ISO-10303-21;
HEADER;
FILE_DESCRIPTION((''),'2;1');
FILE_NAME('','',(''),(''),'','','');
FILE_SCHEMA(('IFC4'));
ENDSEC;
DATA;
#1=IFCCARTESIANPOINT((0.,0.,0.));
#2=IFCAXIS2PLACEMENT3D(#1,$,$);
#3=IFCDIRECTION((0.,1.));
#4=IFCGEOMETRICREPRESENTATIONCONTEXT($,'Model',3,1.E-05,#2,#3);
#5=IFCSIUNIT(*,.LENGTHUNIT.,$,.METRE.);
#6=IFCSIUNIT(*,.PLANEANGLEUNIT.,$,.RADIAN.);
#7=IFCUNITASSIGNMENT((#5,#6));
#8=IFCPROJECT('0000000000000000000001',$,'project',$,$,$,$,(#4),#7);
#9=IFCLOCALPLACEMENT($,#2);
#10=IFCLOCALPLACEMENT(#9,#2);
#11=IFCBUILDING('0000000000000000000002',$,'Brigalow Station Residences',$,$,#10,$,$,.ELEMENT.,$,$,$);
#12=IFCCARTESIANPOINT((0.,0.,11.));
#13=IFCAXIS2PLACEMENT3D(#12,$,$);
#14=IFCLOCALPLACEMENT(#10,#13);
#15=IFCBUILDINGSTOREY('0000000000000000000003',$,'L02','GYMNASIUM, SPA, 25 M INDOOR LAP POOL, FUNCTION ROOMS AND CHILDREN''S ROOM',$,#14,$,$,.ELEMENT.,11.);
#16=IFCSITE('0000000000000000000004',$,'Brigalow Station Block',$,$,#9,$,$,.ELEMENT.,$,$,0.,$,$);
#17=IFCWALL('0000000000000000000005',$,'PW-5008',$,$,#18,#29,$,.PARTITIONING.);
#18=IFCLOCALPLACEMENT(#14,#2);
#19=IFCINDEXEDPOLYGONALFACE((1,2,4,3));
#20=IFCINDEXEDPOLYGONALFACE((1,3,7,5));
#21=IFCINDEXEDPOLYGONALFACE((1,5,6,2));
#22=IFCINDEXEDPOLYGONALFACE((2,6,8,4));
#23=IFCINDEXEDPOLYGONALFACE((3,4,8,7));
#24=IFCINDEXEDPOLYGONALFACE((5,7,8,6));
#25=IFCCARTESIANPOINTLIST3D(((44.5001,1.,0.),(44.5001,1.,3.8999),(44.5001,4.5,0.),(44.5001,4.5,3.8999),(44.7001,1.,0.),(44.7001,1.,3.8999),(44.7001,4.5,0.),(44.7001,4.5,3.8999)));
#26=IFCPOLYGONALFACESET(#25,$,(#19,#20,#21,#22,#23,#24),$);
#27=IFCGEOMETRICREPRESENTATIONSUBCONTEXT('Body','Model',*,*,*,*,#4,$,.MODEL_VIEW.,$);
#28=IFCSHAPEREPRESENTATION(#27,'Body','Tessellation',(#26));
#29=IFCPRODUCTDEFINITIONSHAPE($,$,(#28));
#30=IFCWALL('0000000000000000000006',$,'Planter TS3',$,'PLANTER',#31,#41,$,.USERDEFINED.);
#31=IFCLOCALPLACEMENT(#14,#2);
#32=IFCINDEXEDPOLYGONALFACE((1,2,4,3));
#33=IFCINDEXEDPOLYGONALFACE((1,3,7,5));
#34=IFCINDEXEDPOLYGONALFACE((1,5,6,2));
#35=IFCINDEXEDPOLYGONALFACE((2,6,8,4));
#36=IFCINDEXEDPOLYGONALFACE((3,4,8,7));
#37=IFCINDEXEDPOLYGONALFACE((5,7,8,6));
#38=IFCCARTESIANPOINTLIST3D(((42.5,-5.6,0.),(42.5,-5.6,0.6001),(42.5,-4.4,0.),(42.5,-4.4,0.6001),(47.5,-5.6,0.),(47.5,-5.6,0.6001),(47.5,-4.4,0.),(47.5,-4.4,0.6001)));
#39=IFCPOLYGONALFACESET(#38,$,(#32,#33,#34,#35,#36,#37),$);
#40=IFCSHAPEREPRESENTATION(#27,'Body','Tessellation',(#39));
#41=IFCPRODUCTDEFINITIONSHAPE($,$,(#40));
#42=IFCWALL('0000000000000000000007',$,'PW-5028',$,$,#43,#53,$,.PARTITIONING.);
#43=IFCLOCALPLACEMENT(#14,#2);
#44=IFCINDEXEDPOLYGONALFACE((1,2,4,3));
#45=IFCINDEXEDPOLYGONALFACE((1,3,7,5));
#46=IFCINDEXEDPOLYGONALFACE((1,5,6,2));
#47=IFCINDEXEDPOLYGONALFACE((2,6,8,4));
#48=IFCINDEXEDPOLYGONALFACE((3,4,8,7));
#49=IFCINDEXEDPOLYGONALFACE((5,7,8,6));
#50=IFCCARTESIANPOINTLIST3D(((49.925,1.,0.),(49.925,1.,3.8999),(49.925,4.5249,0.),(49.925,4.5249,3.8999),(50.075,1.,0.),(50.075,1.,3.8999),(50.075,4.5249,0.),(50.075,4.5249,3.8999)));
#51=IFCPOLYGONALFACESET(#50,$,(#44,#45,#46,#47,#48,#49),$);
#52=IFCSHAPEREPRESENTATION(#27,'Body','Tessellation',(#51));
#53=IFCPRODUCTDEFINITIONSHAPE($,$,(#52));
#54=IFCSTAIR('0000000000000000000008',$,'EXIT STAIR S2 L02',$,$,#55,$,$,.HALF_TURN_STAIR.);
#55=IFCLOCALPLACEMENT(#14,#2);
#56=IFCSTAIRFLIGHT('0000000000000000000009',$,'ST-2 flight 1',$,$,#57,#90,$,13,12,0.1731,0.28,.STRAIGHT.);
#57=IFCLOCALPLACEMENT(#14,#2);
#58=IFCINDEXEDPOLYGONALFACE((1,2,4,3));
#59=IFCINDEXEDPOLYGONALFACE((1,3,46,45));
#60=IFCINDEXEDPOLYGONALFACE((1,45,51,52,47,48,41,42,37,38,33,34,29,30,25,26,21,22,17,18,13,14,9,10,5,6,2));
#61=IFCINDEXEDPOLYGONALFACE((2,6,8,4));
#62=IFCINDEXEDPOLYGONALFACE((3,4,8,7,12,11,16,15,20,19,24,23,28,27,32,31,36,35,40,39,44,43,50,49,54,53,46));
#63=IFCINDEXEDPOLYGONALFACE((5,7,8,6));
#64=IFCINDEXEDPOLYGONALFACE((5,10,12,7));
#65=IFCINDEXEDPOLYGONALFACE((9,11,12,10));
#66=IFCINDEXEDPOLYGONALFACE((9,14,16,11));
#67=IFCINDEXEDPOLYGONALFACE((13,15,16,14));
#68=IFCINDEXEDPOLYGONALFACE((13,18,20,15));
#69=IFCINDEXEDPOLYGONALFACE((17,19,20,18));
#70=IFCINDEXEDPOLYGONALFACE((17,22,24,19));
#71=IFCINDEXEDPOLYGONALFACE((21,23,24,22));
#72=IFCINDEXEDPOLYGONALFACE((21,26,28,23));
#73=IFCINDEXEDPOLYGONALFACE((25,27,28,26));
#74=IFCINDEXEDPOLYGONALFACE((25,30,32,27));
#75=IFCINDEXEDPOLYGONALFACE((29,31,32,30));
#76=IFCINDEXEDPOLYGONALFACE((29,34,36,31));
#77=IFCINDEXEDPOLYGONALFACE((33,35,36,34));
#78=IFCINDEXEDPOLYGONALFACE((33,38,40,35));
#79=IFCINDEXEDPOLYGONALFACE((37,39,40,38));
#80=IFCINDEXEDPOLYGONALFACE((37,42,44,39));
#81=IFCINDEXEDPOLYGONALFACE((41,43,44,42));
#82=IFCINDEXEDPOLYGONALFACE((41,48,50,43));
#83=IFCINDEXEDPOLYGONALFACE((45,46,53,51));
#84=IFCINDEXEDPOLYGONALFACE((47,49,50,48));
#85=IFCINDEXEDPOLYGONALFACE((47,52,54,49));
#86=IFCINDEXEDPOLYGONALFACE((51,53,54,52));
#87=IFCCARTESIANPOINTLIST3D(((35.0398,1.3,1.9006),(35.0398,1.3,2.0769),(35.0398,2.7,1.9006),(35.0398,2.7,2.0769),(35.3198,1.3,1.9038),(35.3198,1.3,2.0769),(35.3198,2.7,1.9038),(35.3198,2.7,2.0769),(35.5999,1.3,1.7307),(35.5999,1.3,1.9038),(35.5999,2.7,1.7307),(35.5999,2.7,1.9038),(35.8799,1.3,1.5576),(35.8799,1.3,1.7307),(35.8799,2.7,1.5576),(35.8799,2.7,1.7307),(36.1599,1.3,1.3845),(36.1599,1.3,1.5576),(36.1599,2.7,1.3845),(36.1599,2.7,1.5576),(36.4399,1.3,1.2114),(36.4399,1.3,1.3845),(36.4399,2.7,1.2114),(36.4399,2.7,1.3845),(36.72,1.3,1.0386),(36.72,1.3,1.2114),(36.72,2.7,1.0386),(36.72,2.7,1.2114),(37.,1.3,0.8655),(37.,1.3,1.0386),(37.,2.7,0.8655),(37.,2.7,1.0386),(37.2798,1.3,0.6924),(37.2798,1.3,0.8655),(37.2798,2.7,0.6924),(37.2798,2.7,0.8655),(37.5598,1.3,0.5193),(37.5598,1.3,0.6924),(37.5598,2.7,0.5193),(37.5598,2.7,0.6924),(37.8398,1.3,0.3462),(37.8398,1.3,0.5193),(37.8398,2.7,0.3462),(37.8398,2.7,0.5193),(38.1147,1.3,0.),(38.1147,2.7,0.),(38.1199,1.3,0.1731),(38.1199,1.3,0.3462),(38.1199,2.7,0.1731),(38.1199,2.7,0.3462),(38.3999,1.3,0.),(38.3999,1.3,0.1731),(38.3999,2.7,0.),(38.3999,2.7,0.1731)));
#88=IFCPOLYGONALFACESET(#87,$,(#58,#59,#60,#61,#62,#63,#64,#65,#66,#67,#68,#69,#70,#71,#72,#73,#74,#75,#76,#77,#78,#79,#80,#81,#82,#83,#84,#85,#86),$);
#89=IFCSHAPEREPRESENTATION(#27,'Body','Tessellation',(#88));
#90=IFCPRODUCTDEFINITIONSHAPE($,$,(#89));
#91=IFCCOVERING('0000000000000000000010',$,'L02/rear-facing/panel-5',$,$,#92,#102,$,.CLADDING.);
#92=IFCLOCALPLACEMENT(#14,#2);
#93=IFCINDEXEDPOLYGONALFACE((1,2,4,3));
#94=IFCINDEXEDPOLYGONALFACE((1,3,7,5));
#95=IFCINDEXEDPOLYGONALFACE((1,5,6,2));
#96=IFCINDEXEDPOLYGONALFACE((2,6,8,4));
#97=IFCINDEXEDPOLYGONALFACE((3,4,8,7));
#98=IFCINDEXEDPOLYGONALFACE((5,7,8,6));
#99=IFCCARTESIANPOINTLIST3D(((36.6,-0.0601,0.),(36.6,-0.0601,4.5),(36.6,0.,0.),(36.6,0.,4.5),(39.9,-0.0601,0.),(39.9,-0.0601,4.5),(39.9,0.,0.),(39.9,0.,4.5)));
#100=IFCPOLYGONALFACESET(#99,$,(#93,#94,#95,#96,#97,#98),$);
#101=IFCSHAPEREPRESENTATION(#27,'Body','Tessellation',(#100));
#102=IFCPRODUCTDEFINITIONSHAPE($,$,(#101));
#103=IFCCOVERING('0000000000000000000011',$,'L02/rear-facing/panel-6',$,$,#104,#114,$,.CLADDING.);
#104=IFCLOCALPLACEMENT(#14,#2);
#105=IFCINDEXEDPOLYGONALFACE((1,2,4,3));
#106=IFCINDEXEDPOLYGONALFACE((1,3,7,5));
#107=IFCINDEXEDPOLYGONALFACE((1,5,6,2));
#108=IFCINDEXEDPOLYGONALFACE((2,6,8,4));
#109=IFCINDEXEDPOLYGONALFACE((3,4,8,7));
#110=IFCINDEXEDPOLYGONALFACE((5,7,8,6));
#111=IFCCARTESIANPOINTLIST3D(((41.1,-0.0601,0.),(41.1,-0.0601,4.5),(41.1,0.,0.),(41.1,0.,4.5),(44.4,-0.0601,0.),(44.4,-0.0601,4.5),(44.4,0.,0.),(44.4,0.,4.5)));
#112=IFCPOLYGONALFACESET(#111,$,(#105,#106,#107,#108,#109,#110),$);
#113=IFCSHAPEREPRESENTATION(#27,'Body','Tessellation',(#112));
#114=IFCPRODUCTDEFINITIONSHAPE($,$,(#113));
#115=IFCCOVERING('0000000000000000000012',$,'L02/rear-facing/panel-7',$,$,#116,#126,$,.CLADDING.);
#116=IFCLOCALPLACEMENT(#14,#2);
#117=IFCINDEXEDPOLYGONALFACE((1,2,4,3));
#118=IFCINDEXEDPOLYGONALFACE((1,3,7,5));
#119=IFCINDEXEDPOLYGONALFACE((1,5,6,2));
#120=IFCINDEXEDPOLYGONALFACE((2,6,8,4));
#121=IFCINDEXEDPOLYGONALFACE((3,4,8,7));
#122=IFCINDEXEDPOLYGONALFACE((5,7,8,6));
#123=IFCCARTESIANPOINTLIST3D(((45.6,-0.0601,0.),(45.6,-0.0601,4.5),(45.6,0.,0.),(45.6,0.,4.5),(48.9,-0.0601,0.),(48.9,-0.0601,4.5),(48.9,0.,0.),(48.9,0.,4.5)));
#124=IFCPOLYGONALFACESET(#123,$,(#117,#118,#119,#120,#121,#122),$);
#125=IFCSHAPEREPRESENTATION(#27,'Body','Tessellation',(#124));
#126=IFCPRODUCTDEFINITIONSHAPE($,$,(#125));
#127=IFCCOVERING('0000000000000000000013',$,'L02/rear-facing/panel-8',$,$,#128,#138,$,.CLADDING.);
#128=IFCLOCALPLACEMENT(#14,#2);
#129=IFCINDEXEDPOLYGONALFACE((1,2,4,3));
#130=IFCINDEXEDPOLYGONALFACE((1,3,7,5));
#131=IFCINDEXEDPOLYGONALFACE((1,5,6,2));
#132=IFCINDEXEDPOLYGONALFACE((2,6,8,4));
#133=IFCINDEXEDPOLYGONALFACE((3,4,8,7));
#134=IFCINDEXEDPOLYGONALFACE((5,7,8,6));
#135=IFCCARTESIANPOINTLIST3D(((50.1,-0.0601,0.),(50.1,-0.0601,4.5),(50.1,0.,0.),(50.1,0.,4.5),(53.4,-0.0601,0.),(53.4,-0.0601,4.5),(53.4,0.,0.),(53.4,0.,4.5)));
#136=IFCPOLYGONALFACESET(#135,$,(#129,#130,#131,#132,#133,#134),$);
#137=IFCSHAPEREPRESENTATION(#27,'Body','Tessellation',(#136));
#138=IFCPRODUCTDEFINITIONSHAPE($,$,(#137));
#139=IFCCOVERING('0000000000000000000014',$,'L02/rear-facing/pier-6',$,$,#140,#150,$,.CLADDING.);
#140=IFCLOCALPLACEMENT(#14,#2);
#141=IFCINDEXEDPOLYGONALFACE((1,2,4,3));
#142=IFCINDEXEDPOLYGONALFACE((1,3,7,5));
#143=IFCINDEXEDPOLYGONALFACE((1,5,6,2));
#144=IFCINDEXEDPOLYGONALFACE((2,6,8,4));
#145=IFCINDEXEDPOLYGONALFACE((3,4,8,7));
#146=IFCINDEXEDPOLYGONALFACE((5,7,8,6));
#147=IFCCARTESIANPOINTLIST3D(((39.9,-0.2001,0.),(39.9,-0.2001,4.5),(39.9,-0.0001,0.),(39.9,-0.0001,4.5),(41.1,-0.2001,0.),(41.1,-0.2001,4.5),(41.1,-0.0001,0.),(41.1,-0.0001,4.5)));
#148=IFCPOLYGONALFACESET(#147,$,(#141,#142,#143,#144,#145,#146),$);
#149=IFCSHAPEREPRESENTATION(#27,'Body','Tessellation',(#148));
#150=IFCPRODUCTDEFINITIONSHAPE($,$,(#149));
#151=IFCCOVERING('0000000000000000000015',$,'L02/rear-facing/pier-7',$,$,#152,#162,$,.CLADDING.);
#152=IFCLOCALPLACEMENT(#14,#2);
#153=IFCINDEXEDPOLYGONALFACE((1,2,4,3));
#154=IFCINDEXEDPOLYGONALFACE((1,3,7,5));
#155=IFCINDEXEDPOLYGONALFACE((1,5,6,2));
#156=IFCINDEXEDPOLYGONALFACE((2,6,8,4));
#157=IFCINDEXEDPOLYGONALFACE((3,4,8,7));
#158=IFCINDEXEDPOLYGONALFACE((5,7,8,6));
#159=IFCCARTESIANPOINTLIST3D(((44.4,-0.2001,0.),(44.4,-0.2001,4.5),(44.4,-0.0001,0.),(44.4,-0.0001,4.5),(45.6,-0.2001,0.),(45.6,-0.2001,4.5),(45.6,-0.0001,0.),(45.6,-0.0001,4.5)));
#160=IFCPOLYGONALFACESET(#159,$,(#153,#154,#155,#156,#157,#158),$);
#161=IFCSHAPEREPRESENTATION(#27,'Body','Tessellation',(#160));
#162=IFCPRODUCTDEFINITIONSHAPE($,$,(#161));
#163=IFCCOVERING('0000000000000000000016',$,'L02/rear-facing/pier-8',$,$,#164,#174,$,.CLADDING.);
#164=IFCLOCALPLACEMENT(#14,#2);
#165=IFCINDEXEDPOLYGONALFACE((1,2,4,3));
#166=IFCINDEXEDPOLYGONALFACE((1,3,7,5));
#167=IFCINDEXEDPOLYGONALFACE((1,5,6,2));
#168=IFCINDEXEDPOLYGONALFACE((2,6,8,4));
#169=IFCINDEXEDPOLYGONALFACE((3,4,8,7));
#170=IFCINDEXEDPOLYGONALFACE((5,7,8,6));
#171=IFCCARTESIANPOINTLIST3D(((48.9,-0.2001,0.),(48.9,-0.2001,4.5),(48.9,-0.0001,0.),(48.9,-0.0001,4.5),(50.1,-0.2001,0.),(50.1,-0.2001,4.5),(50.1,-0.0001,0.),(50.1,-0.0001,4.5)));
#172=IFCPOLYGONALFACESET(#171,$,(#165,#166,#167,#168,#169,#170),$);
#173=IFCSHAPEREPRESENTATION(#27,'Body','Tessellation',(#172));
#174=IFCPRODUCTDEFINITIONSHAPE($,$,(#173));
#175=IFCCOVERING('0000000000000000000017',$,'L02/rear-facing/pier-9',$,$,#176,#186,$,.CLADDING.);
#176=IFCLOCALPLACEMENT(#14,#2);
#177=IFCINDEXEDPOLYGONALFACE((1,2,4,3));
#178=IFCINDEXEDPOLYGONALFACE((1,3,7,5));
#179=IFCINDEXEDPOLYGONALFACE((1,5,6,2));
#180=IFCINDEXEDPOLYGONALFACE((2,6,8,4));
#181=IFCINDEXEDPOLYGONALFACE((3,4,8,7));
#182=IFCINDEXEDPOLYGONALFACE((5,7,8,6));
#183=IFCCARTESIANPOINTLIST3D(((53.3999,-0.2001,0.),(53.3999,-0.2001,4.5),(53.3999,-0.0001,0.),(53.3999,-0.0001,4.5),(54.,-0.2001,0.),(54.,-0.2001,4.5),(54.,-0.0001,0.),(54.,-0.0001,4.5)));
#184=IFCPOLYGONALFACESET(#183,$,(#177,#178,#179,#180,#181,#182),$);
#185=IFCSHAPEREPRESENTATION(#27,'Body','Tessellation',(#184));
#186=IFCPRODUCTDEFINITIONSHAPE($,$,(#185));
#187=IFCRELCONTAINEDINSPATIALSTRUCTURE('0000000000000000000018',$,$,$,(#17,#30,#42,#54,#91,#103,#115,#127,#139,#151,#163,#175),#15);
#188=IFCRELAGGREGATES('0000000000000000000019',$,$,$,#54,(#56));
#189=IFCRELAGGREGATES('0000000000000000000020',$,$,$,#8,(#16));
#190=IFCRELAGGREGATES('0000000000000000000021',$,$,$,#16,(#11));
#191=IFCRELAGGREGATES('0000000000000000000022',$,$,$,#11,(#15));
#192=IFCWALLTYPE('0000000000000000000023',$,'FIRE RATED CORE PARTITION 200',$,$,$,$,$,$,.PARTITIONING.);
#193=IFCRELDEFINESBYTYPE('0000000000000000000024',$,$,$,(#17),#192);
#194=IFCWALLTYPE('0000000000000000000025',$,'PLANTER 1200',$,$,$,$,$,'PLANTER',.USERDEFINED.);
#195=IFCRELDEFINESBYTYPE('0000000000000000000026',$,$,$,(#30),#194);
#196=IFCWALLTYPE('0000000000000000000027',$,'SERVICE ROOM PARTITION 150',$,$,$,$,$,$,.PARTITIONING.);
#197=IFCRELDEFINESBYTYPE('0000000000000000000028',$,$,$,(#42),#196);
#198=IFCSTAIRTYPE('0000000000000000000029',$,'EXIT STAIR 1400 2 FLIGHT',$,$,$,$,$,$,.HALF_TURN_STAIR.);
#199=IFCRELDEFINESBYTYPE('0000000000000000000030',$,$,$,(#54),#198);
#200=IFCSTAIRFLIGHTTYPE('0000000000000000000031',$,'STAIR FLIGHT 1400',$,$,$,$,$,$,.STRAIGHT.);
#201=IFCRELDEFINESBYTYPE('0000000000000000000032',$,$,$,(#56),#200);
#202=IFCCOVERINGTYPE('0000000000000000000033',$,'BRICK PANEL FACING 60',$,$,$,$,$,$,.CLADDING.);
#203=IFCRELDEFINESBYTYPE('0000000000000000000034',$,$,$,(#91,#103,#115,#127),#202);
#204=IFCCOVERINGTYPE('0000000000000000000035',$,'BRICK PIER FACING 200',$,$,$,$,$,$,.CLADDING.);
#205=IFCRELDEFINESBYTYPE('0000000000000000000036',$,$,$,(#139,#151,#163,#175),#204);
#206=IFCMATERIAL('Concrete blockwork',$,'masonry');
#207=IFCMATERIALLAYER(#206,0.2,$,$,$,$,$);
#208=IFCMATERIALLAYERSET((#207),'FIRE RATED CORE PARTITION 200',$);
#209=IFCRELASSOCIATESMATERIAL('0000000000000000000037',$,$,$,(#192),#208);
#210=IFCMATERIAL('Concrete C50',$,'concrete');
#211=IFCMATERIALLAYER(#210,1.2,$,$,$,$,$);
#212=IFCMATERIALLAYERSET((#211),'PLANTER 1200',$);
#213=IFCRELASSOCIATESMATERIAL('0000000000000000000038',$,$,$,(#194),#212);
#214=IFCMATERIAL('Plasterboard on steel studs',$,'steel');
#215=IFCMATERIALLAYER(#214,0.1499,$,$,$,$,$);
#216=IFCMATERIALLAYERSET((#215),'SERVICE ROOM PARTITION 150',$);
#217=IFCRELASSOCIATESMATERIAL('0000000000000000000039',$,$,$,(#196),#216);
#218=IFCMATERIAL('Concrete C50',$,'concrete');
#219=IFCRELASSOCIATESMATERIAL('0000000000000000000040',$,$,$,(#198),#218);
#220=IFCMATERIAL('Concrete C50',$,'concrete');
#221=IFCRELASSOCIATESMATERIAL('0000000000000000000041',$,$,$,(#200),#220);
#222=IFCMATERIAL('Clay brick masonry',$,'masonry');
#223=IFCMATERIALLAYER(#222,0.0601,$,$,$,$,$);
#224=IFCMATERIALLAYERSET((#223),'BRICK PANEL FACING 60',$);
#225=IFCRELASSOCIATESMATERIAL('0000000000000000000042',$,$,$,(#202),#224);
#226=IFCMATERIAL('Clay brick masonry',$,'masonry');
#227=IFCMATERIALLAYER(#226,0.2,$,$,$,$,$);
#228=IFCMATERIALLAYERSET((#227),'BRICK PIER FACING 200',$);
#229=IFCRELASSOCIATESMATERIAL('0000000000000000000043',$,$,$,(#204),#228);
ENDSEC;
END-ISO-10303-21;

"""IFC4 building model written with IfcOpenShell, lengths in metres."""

from ifc_helpers import new_model, si_unit, direction, frame, frame_2d, origin, origin_2d, place, context, subcontext, project, spatial, polyline, rectangle, outline, extrude, material, layer, layer_set, type_object, element, aggregate, save


model = new_model("IFC4")

# Units and contexts
model_context = context("Model", 3, precision=1e-05, world=origin(), true_north=direction((0.0, 1.0)))
body_context = subcontext(model_context, "Body", "Model", "MODEL_VIEW")
ifc_project = project(units=[si_unit("LENGTHUNIT", "METRE"), si_unit("PLANEANGLEUNIT", "RADIAN")], contexts=[model_context])

# Site, building, storey
site_placement = place(None, origin())
site = spatial("IfcSite", under=ifc_project, at=site_placement, Name="Brigalow Station Block", CompositionType="ELEMENT", RefElevation=0.0)
building_placement = place(site_placement, origin())
building = spatial("IfcBuilding", under=site, at=building_placement, Name="Brigalow Station Residences", CompositionType="ELEMENT")
storey_placement = place(building_placement, frame((0.0, 0.0, 11.0)))
storey = spatial("IfcBuildingStorey", under=building, at=storey_placement, Name="L02", Description="GYMNASIUM, SPA, 25 M INDOOR LAP POOL, FUNCTION ROOMS AND CHILDREN'S ROOM", CompositionType="ELEMENT", Elevation=11.0)

# Shared definitions
ifc_material_1 = material(Name="Concrete blockwork", Category="masonry")
ifc_layer_1 = layer(ifc_material_1, 0.2)
ifc_layer_set_1 = layer_set([ifc_layer_1], Name="FIRE RATED CORE PARTITION 200")
wall_type_1 = type_object("IfcWallType", Name="FIRE RATED CORE PARTITION 200", PredefinedType="PARTITIONING", material=ifc_layer_set_1)

# Walls
for number, where, z_axis, x_axis, name in (
    (1, (44.6001, 1.0, 0.0), (0.0, 0.0, 1.0), (0.0, 1.0, 0.0), "PW-5008"),
):
    element("IfcWall", number, at=place(storey_placement, frame(where, z_axis=z_axis, x_axis=x_axis)), inside=storey, type_object=wall_type_1, Name=name, PredefinedType="PARTITIONING", context=body_context, shape_type="SweptSolid", body=[
        extrude(rectangle(XDim=3.5, YDim=0.2, at=frame_2d((1.75, 0.0))), origin(), (0.0, 0.0, 1.0), 3.8999),
    ])
ifc_material_2 = material(Name="Concrete C50", Category="concrete")
ifc_layer_2 = layer(ifc_material_2, 1.2)
ifc_layer_set_2 = layer_set([ifc_layer_2], Name="PLANTER 1200")
wall_type_2 = type_object("IfcWallType", Name="PLANTER 1200", ElementType="PLANTER", PredefinedType="USERDEFINED", material=ifc_layer_set_2)
wall_1_placement = place(storey_placement, frame((42.5, -5.0, 0.0), z_axis=(0.0, 0.0, 1.0), x_axis=(1.0, 0.0, 0.0)))
element("IfcWall", 2, at=wall_1_placement, inside=storey, type_object=wall_type_2, Name="Planter TS3", ObjectType="PLANTER", PredefinedType="USERDEFINED", context=body_context, shape_type="SweptSolid", body=[
    extrude(rectangle(XDim=5.0, YDim=1.2, at=frame_2d((2.5, 0.0))), origin(), (0.0, 0.0, 1.0), 0.6001),
])
ifc_material_3 = material(Name="Plasterboard on steel studs", Category="steel")
ifc_layer_3 = layer(ifc_material_3, 0.1499)
ifc_layer_set_3 = layer_set([ifc_layer_3], Name="SERVICE ROOM PARTITION 150")
wall_type_3 = type_object("IfcWallType", Name="SERVICE ROOM PARTITION 150", PredefinedType="PARTITIONING", material=ifc_layer_set_3)
wall_2_placement = place(storey_placement, frame((50.0, 1.0, 0.0), z_axis=(0.0, 0.0, 1.0), x_axis=(0.0, 1.0, 0.0)))
element("IfcWall", 3, at=wall_2_placement, inside=storey, type_object=wall_type_3, Name="PW-5028", PredefinedType="PARTITIONING", context=body_context, shape_type="SweptSolid", body=[
    extrude(rectangle(XDim=3.5249, YDim=0.1499, at=frame_2d((1.7625, 0.0))), origin(), (0.0, 0.0, 1.0), 3.8999),
])

# Stair, stair flight
ifc_material_4 = material(Name="Concrete C50", Category="concrete")
stair_type = type_object("IfcStairType", Name="EXIT STAIR 1400 2 FLIGHT", PredefinedType="HALF_TURN_STAIR", material=ifc_material_4)
stair_placement = place(storey_placement, origin())
stair = element("IfcStair", 4, at=stair_placement, inside=storey, type_object=stair_type, Name="EXIT STAIR S2 L02", PredefinedType="HALF_TURN_STAIR")
ifc_material_5 = material(Name="Concrete C50", Category="concrete")
stair_flight_type = type_object("IfcStairFlightType", Name="STAIR FLIGHT 1400", PredefinedType="STRAIGHT", material=ifc_material_5)
stair_flight_placement = place(storey_placement, frame((38.3999, 2.0, 0.0), z_axis=(0.0, 0.0, 1.0), x_axis=(-1.0, 0.0, 0.0)))
stair_flight = element("IfcStairFlight", 5, at=stair_flight_placement, type_object=stair_flight_type, Name="ST-2 flight 1", NumberOfRisers=13, NumberOfTreads=12, PredefinedType="STRAIGHT", RiserHeight=0.1731, TreadLength=0.28, context=body_context, shape_type="SweptSolid", body=[
    extrude(outline(polyline([(0.0, 0.0), (0.0, 0.1731), (0.28, 0.1731), (0.28, 0.3462), (0.5601, 0.3462), (0.5601, 0.5193), (0.8401, 0.5193), (0.8401, 0.6924), (1.1201, 0.6924), (1.1201, 0.8655), (1.3999, 0.8655), (1.3999, 1.0386), (1.6799, 1.0386), (1.6799, 1.2114), (1.96, 1.2114), (1.96, 1.3845), (2.24, 1.3845), (2.24, 1.5576), (2.52, 1.5576), (2.52, 1.7307), (2.8, 1.7307), (2.8, 1.9038), (3.0801, 1.9038), (3.0801, 2.0769), (3.3601, 2.0769), (3.3601, 2.25), (3.3601, 1.9006), (0.2852, 0.0), (0.0, 0.0)])), frame((0.0, 0.7, 0.0), z_axis=(0.0, -1.0, 0.0), x_axis=(1.0, 0.0, 0.0)), (0.0, 0.0, 1.0), 1.3999),
])
aggregate(stair, [stair_flight])

# Coverings
ifc_material_6 = material(Name="Clay brick masonry", Category="masonry")
ifc_layer_4 = layer(ifc_material_6, 0.0601)
ifc_layer_set_4 = layer_set([ifc_layer_4], Name="BRICK PANEL FACING 60")
covering_type_1 = type_object("IfcCoveringType", Name="BRICK PANEL FACING 60", PredefinedType="CLADDING", material=ifc_layer_set_4)
for number, where, z_axis, x_axis, name in (
    (6, (38.25, -0.03, 0.0), (0.0, 0.0, 1.0), (1.0, 0.0, 0.0), "L02/rear-facing/panel-5"),
    (7, (42.75, -0.03, 0.0), (0.0, 0.0, 1.0), (1.0, 0.0, 0.0), "L02/rear-facing/panel-6"),
    (8, (47.25, -0.03, 0.0), (0.0, 0.0, 1.0), (1.0, 0.0, 0.0), "L02/rear-facing/panel-7"),
    (9, (51.75, -0.03, 0.0), (0.0, 0.0, 1.0), (1.0, 0.0, 0.0), "L02/rear-facing/panel-8"),
):
    element("IfcCovering", number, at=place(storey_placement, frame(where, z_axis=z_axis, x_axis=x_axis)), inside=storey, type_object=covering_type_1, Name=name, PredefinedType="CLADDING", context=body_context, shape_type="SweptSolid", body=[
        extrude(rectangle(XDim=3.3, YDim=0.0601, at=origin_2d()), origin(), (0.0, 0.0, 1.0), 4.5),
    ])
ifc_material_7 = material(Name="Clay brick masonry", Category="masonry")
ifc_layer_5 = layer(ifc_material_7, 0.2)
ifc_layer_set_5 = layer_set([ifc_layer_5], Name="BRICK PIER FACING 200")
covering_type_2 = type_object("IfcCoveringType", Name="BRICK PIER FACING 200", PredefinedType="CLADDING", material=ifc_layer_set_5)
for number, where, z_axis, x_axis, name in (
    (10, (40.5, -0.1001, 0.0), (0.0, 0.0, 1.0), (1.0, 0.0, 0.0), "L02/rear-facing/pier-6"),
    (11, (45.0, -0.1001, 0.0), (0.0, 0.0, 1.0), (1.0, 0.0, 0.0), "L02/rear-facing/pier-7"),
    (12, (49.5, -0.1001, 0.0), (0.0, 0.0, 1.0), (1.0, 0.0, 0.0), "L02/rear-facing/pier-8"),
):
    element("IfcCovering", number, at=place(storey_placement, frame(where, z_axis=z_axis, x_axis=x_axis)), inside=storey, type_object=covering_type_2, Name=name, PredefinedType="CLADDING", context=body_context, shape_type="SweptSolid", body=[
        extrude(rectangle(XDim=1.2, YDim=0.2, at=origin_2d()), origin(), (0.0, 0.0, 1.0), 4.5),
    ])
covering_placement = place(storey_placement, frame((53.7, -0.1001, 0.0), z_axis=(0.0, 0.0, 1.0), x_axis=(1.0, 0.0, 0.0)))
element("IfcCovering", 13, at=covering_placement, inside=storey, type_object=covering_type_2, Name="L02/rear-facing/pier-9", PredefinedType="CLADDING", context=body_context, shape_type="SweptSolid", body=[
    extrude(rectangle(XDim=0.6001, YDim=0.2, at=origin_2d()), origin(), (0.0, 0.0, 1.0), 4.5),
])

save(model, "model.ifc")
